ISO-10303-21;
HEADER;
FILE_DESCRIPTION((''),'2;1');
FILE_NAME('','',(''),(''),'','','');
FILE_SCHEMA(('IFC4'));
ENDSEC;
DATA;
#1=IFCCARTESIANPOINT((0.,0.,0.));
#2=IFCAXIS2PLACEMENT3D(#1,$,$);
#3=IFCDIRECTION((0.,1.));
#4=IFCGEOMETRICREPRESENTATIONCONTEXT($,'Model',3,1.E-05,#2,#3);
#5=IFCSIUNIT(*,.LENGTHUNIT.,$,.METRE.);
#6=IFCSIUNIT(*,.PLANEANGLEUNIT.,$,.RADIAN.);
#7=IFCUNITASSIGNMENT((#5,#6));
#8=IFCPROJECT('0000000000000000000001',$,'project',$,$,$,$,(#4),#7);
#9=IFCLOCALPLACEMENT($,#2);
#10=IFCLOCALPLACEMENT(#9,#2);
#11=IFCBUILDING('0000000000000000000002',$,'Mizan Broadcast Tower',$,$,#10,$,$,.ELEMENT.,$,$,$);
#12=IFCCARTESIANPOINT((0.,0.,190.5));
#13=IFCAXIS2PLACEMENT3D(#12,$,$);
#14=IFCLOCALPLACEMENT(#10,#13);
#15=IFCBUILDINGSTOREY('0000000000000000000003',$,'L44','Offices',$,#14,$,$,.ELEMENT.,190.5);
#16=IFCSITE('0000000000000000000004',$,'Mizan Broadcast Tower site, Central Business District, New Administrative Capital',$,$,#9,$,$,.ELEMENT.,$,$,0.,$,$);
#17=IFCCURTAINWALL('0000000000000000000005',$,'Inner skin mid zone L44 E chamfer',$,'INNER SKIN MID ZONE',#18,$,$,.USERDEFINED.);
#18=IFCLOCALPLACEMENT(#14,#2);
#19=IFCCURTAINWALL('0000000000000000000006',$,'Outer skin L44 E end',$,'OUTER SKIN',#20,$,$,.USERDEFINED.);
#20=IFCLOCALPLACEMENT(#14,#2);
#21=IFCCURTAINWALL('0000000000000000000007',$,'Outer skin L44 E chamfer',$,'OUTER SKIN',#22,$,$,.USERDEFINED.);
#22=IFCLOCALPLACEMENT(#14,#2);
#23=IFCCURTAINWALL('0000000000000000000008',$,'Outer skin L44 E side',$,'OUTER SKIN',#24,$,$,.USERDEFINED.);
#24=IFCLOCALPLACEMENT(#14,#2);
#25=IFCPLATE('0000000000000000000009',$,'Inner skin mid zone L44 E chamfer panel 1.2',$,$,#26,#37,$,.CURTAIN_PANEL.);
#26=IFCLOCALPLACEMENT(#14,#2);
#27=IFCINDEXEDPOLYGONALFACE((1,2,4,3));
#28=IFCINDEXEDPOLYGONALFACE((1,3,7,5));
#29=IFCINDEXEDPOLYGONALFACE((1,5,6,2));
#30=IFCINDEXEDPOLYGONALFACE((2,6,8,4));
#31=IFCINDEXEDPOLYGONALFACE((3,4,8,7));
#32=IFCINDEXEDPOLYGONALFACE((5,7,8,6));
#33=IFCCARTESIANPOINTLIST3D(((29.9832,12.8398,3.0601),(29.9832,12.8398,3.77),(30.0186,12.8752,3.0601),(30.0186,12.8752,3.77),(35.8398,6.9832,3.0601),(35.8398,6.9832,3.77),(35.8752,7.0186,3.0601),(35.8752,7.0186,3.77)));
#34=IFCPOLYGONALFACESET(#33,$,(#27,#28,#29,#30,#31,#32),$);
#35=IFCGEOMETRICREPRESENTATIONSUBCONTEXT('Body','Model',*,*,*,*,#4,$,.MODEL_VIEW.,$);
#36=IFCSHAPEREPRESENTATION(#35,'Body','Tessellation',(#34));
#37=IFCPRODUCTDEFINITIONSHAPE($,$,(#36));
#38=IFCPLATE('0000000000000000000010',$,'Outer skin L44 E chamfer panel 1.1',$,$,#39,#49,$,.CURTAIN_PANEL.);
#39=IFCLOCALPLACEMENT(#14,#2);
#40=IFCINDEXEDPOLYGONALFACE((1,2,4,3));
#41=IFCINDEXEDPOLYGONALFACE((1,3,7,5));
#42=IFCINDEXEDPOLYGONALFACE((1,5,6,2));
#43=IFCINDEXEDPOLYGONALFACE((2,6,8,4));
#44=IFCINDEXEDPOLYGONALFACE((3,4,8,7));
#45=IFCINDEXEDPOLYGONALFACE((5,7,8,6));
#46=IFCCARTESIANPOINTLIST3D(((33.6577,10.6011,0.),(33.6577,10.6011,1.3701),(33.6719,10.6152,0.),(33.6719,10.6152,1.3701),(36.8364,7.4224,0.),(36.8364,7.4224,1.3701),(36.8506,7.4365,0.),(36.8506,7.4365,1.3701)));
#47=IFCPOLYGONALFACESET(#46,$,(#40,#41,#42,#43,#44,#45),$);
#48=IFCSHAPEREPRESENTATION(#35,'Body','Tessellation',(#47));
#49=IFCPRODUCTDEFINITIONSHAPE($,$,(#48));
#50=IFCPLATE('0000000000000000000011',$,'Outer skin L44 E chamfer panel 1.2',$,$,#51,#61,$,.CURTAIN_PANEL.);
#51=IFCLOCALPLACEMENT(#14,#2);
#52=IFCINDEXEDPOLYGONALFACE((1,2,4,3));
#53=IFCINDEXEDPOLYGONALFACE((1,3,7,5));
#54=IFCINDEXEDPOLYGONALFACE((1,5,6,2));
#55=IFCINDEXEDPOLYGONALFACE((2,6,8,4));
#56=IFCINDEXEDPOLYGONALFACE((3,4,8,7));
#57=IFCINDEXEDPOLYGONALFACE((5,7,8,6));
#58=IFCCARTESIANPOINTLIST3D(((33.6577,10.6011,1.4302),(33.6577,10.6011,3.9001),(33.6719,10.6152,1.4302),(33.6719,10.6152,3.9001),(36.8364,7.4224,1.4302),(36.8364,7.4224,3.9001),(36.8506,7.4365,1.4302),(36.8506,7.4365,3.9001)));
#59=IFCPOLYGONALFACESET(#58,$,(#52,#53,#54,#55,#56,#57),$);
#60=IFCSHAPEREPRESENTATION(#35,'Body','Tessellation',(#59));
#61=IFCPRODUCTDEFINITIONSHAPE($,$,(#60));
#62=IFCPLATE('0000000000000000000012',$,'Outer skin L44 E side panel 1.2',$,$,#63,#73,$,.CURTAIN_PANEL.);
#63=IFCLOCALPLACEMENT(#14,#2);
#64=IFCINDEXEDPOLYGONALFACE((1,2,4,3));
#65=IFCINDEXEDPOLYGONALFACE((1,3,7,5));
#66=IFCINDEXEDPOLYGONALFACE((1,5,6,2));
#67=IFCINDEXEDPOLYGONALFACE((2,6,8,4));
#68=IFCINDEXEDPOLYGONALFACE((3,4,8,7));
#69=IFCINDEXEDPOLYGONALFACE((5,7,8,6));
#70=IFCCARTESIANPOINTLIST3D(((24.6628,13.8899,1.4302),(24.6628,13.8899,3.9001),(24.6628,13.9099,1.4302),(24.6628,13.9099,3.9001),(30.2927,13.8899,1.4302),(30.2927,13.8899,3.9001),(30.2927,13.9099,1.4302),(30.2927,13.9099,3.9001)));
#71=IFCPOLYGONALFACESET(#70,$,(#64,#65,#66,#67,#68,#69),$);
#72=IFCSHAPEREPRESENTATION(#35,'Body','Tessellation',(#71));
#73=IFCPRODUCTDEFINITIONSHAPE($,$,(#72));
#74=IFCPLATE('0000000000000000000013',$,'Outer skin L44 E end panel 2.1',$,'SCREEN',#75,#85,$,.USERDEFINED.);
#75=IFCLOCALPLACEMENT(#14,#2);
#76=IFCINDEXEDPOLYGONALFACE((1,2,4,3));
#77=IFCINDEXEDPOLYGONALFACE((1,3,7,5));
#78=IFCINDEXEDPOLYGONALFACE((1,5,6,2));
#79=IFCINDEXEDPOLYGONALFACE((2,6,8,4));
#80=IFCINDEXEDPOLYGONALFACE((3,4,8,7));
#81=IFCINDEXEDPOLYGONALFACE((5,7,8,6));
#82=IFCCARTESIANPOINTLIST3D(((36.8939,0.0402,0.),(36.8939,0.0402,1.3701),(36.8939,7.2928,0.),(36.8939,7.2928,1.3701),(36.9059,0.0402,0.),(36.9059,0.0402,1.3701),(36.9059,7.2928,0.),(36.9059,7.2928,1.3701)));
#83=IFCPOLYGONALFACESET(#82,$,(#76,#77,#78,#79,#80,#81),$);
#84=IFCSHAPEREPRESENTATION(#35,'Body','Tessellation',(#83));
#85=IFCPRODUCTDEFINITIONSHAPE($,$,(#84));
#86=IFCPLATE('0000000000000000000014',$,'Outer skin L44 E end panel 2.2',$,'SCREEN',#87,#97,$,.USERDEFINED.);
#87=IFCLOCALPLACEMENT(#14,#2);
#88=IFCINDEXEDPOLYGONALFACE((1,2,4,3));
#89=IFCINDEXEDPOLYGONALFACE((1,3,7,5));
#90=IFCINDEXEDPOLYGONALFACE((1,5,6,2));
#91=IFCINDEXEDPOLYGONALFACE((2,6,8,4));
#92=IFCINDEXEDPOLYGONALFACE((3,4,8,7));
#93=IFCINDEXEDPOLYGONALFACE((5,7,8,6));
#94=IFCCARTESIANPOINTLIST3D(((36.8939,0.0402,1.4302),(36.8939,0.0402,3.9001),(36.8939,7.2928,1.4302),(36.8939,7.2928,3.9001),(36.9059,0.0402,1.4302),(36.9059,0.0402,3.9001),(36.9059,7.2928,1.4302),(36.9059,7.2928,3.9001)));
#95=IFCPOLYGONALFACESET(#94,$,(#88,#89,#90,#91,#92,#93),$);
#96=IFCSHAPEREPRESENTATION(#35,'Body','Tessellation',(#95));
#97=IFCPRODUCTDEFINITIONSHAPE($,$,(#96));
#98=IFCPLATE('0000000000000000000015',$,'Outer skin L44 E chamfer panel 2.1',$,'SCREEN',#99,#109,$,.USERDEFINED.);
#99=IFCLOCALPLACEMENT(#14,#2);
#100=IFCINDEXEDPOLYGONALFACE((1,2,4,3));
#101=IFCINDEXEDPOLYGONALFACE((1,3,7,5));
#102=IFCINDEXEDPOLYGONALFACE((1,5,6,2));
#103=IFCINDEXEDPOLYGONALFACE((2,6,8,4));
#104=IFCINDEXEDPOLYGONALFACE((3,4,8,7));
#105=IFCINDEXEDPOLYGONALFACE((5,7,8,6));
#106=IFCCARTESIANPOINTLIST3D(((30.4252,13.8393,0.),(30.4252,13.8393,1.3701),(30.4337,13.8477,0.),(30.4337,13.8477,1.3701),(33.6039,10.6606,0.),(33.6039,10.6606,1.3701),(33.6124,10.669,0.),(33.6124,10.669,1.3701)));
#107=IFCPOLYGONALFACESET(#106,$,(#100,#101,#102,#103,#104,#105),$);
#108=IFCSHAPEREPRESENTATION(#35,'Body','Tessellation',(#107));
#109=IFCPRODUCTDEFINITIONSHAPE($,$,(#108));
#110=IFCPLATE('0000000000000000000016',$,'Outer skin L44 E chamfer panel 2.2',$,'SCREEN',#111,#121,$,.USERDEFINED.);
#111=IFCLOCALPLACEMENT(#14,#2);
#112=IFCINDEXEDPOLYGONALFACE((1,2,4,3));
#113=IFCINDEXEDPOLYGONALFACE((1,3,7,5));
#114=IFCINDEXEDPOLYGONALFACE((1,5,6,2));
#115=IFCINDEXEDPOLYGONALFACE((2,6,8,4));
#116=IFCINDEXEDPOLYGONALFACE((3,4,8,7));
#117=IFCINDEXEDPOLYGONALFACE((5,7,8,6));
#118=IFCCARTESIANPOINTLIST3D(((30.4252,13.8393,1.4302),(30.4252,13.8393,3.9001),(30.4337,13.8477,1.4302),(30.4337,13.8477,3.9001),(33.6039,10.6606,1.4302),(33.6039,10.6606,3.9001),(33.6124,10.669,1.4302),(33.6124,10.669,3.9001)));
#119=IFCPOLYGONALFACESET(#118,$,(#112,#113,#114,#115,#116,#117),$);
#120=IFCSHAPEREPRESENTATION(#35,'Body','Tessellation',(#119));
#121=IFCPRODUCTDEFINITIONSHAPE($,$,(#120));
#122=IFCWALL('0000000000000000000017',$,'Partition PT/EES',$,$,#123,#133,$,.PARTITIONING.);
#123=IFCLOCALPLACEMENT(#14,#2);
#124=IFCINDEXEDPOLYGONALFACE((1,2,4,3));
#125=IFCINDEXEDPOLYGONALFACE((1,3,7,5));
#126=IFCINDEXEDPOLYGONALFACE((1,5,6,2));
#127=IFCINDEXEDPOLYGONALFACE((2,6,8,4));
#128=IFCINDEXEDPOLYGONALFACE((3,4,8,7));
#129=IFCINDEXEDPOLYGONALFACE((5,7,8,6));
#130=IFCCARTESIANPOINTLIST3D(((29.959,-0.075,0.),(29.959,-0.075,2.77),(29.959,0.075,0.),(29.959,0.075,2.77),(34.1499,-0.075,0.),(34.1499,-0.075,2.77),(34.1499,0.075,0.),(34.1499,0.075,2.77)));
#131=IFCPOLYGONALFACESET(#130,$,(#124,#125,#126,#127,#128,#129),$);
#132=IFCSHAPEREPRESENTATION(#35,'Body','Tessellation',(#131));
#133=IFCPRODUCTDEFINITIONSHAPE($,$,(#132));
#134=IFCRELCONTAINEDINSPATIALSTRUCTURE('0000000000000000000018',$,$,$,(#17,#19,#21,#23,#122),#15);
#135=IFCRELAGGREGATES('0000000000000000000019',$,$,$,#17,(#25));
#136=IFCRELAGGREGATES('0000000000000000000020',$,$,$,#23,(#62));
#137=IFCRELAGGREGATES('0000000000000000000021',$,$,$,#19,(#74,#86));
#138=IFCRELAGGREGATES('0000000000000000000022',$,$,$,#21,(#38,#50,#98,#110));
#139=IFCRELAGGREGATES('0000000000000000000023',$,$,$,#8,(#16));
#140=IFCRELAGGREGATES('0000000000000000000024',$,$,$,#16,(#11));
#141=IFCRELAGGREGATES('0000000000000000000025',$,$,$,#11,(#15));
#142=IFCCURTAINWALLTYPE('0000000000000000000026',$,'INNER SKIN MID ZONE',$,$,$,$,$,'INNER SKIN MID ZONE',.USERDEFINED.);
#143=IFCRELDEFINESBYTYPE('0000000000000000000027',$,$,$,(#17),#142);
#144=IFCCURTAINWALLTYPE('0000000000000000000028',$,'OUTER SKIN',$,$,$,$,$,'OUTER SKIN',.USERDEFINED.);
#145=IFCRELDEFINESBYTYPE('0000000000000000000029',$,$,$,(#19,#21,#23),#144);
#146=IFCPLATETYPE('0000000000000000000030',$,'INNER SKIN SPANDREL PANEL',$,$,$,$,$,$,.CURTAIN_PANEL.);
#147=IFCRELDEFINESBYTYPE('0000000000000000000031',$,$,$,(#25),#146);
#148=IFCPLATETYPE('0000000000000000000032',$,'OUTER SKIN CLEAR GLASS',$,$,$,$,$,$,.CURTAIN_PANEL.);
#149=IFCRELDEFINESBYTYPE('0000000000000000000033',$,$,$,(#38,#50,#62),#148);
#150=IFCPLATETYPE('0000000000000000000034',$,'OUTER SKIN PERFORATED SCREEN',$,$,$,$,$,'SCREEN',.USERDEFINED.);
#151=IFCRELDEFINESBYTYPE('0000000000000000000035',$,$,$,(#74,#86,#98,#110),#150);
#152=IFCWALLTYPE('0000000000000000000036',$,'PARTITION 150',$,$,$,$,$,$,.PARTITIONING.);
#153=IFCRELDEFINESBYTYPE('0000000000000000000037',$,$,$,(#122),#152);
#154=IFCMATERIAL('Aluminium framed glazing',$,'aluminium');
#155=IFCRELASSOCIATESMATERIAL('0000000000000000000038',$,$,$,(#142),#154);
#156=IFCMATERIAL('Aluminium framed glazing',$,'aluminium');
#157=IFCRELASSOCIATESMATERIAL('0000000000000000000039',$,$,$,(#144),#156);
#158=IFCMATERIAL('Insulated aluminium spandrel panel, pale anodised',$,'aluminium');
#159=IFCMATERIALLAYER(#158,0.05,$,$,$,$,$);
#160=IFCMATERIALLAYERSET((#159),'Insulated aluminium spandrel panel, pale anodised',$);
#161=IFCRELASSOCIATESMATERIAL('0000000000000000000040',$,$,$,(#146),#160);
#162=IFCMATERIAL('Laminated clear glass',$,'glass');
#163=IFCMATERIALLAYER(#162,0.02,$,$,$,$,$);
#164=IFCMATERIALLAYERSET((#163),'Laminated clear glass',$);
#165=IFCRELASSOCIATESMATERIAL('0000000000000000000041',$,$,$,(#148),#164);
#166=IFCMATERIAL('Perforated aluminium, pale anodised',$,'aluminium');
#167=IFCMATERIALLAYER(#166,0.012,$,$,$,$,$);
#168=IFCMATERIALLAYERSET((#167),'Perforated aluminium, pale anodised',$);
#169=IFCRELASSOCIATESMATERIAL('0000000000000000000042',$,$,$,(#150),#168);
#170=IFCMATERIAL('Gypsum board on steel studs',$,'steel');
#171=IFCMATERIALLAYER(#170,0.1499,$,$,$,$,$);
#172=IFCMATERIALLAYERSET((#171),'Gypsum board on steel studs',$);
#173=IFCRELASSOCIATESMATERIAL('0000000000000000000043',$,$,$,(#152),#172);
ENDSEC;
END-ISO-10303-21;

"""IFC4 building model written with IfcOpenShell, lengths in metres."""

from ifc_helpers import new_model, si_unit, direction, frame, frame_2d, origin, origin_2d, place, context, subcontext, project, spatial, rectangle, extrude, material, layer, layer_set, type_object, element, aggregate, save


model = new_model("IFC4")

# Units and contexts
model_context = context("Model", 3, precision=1e-05, world=origin(), true_north=direction((0.0, 1.0)))
body_context = subcontext(model_context, "Body", "Model", "MODEL_VIEW")
ifc_project = project(units=[si_unit("LENGTHUNIT", "METRE"), si_unit("PLANEANGLEUNIT", "RADIAN")], contexts=[model_context])

# Site, building, storey
site_placement = place(None, origin())
site = spatial("IfcSite", under=ifc_project, at=site_placement, Name="Mizan Broadcast Tower site, Central Business District, New Administrative Capital", CompositionType="ELEMENT", RefElevation=0.0)
building_placement = place(site_placement, origin())
building = spatial("IfcBuilding", under=site, at=building_placement, Name="Mizan Broadcast Tower", CompositionType="ELEMENT")
storey_placement = place(building_placement, frame((0.0, 0.0, 190.5)))
storey = spatial("IfcBuildingStorey", under=building, at=storey_placement, Name="L44", Description="Offices", CompositionType="ELEMENT", Elevation=190.5)

# Shared definitions
ifc_material_1 = material(Name="Aluminium framed glazing", Category="aluminium")
curtain_wall_type_1 = type_object("IfcCurtainWallType", Name="INNER SKIN MID ZONE", ElementType="INNER SKIN MID ZONE", PredefinedType="USERDEFINED", material=ifc_material_1)

# Curtain wall
curtain_wall_1_placement = place(storey_placement, origin())
curtain_wall_1 = element("IfcCurtainWall", 1, at=curtain_wall_1_placement, inside=storey, type_object=curtain_wall_type_1, Name="Inner skin mid zone L44 E chamfer", ObjectType="INNER SKIN MID ZONE", PredefinedType="USERDEFINED")

# Curtain walls
ifc_material_2 = material(Name="Aluminium framed glazing", Category="aluminium")
curtain_wall_type_2 = type_object("IfcCurtainWallType", Name="OUTER SKIN", ElementType="OUTER SKIN", PredefinedType="USERDEFINED", material=ifc_material_2)
curtain_wall_2_placement = place(storey_placement, origin())
curtain_wall_2 = element("IfcCurtainWall", 2, at=curtain_wall_2_placement, inside=storey, type_object=curtain_wall_type_2, Name="Outer skin L44 E end", ObjectType="OUTER SKIN", PredefinedType="USERDEFINED")
curtain_wall_3_placement = place(storey_placement, origin())
curtain_wall_3 = element("IfcCurtainWall", 3, at=curtain_wall_3_placement, inside=storey, type_object=curtain_wall_type_2, Name="Outer skin L44 E chamfer", ObjectType="OUTER SKIN", PredefinedType="USERDEFINED")

# Curtain wall
curtain_wall_4_placement = place(storey_placement, origin())
curtain_wall_4 = element("IfcCurtainWall", 4, at=curtain_wall_4_placement, inside=storey, type_object=curtain_wall_type_2, Name="Outer skin L44 E side", ObjectType="OUTER SKIN", PredefinedType="USERDEFINED")

# Plates
ifc_material_3 = material(Name="Insulated aluminium spandrel panel, pale anodised", Category="aluminium")
ifc_layer_1 = layer(ifc_material_3, 0.05)
ifc_layer_set_1 = layer_set([ifc_layer_1], Name="Insulated aluminium spandrel panel, pale anodised")
plate_type_1 = type_object("IfcPlateType", Name="INNER SKIN SPANDREL PANEL", PredefinedType="CURTAIN_PANEL", material=ifc_layer_set_1)
plate_1_placement = place(storey_placement, frame((32.9292, 9.9292, 3.0601), z_axis=(0.0, 0.0, 1.0), x_axis=(-0.707107, 0.707107, 0.0)))
plate_1 = element("IfcPlate", 5, at=plate_1_placement, type_object=plate_type_1, Name="Inner skin mid zone L44 E chamfer panel 1.2", PredefinedType="CURTAIN_PANEL", context=body_context, shape_type="SweptSolid", body=[
    extrude(rectangle(XDim=8.2825, YDim=0.05, at=origin_2d()), origin(), (0.0, 0.0, 1.0), 0.71),
])
aggregate(curtain_wall_1, [plate_1])
ifc_material_4 = material(Name="Laminated clear glass", Category="glass")
ifc_layer_2 = layer(ifc_material_4, 0.02)
ifc_layer_set_2 = layer_set([ifc_layer_2], Name="Laminated clear glass")
plate_type_2 = type_object("IfcPlateType", Name="OUTER SKIN CLEAR GLASS", PredefinedType="CURTAIN_PANEL", material=ifc_layer_set_2)
plate_2_placement = place(storey_placement, frame((35.2542, 9.0188, 0.0), z_axis=(0.0, 0.0, 1.0), x_axis=(-0.707107, 0.707107, 0.0)))
plate_2 = element("IfcPlate", 6, at=plate_2_placement, type_object=plate_type_2, Name="Outer skin L44 E chamfer panel 1.1", PredefinedType="CURTAIN_PANEL", context=body_context, shape_type="SweptSolid", body=[
    extrude(rectangle(XDim=4.4954, YDim=0.02, at=origin_2d()), origin(), (0.0, 0.0, 1.0), 1.3701),
])
plate_3_placement = place(storey_placement, frame((35.2542, 9.0188, 1.4302), z_axis=(0.0, 0.0, 1.0), x_axis=(-0.707107, 0.707107, 0.0)))
plate_3 = element("IfcPlate", 7, at=plate_3_placement, type_object=plate_type_2, Name="Outer skin L44 E chamfer panel 1.2", PredefinedType="CURTAIN_PANEL", context=body_context, shape_type="SweptSolid", body=[
    extrude(rectangle(XDim=4.4954, YDim=0.02, at=origin_2d()), origin(), (0.0, 0.0, 1.0), 2.47),
])
plate_4_placement = place(storey_placement, frame((27.4778, 13.8999, 1.4302), z_axis=(0.0, 0.0, 1.0), x_axis=(-1.0, 0.0, 0.0)))
plate_4 = element("IfcPlate", 8, at=plate_4_placement, type_object=plate_type_2, Name="Outer skin L44 E side panel 1.2", PredefinedType="CURTAIN_PANEL", context=body_context, shape_type="SweptSolid", body=[
    extrude(rectangle(XDim=5.6299, YDim=0.02, at=origin_2d()), origin(), (0.0, 0.0, 1.0), 2.47),
])
aggregate(curtain_wall_4, [plate_4])
ifc_material_5 = material(Name="Perforated aluminium, pale anodised", Category="aluminium")
ifc_layer_3 = layer(ifc_material_5, 0.012)
ifc_layer_set_3 = layer_set([ifc_layer_3], Name="Perforated aluminium, pale anodised")
plate_type_3 = type_object("IfcPlateType", Name="OUTER SKIN PERFORATED SCREEN", ElementType="SCREEN", PredefinedType="USERDEFINED", material=ifc_layer_set_3)
plate_5_placement = place(storey_placement, frame((36.8999, 3.6665, 0.0), z_axis=(0.0, 0.0, 1.0), x_axis=(0.0, 1.0, 0.0)))
plate_5 = element("IfcPlate", 9, at=plate_5_placement, type_object=plate_type_3, Name="Outer skin L44 E end panel 2.1", ObjectType="SCREEN", PredefinedType="USERDEFINED", context=body_context, shape_type="SweptSolid", body=[
    extrude(rectangle(XDim=7.2527, YDim=0.012, at=origin_2d()), origin(), (0.0, 0.0, 1.0), 1.3701),
])
plate_6_placement = place(storey_placement, frame((36.8999, 3.6665, 1.4302), z_axis=(0.0, 0.0, 1.0), x_axis=(0.0, 1.0, 0.0)))
plate_6 = element("IfcPlate", 10, at=plate_6_placement, type_object=plate_type_3, Name="Outer skin L44 E end panel 2.2", ObjectType="SCREEN", PredefinedType="USERDEFINED", context=body_context, shape_type="SweptSolid", body=[
    extrude(rectangle(XDim=7.2527, YDim=0.012, at=origin_2d()), origin(), (0.0, 0.0, 1.0), 2.47),
])
aggregate(curtain_wall_2, [plate_5, plate_6])
plate_7_placement = place(storey_placement, frame((32.0188, 12.2542, 0.0), z_axis=(0.0, 0.0, 1.0), x_axis=(-0.707107, 0.707107, 0.0)))
plate_7 = element("IfcPlate", 11, at=plate_7_placement, type_object=plate_type_3, Name="Outer skin L44 E chamfer panel 2.1", ObjectType="SCREEN", PredefinedType="USERDEFINED", context=body_context, shape_type="SweptSolid", body=[
    extrude(rectangle(XDim=4.4954, YDim=0.012, at=origin_2d()), origin(), (0.0, 0.0, 1.0), 1.3701),
])
plate_8_placement = place(storey_placement, frame((32.0188, 12.2542, 1.4302), z_axis=(0.0, 0.0, 1.0), x_axis=(-0.707107, 0.707107, 0.0)))
plate_8 = element("IfcPlate", 12, at=plate_8_placement, type_object=plate_type_3, Name="Outer skin L44 E chamfer panel 2.2", ObjectType="SCREEN", PredefinedType="USERDEFINED", context=body_context, shape_type="SweptSolid", body=[
    extrude(rectangle(XDim=4.4954, YDim=0.012, at=origin_2d()), origin(), (0.0, 0.0, 1.0), 2.47),
])
aggregate(curtain_wall_3, [plate_2, plate_3, plate_7, plate_8])

# Wall
ifc_material_6 = material(Name="Gypsum board on steel studs", Category="steel")
ifc_layer_4 = layer(ifc_material_6, 0.1499)
ifc_layer_set_4 = layer_set([ifc_layer_4], Name="Gypsum board on steel studs")
wall_type = type_object("IfcWallType", Name="PARTITION 150", PredefinedType="PARTITIONING", material=ifc_layer_set_4)
wall_placement = place(storey_placement, frame((29.959, 0.0, 0.0), z_axis=(0.0, 0.0, 1.0), x_axis=(1.0, 0.0, 0.0)))
element("IfcWall", 13, at=wall_placement, inside=storey, type_object=wall_type, Name="Partition PT/EES", PredefinedType="PARTITIONING", context=body_context, shape_type="SweptSolid", body=[
    extrude(rectangle(XDim=4.1909, YDim=0.1499, at=frame_2d((2.0955, 0.0))), origin(), (0.0, 0.0, 1.0), 2.77),
])

save(model, "model.ifc")
